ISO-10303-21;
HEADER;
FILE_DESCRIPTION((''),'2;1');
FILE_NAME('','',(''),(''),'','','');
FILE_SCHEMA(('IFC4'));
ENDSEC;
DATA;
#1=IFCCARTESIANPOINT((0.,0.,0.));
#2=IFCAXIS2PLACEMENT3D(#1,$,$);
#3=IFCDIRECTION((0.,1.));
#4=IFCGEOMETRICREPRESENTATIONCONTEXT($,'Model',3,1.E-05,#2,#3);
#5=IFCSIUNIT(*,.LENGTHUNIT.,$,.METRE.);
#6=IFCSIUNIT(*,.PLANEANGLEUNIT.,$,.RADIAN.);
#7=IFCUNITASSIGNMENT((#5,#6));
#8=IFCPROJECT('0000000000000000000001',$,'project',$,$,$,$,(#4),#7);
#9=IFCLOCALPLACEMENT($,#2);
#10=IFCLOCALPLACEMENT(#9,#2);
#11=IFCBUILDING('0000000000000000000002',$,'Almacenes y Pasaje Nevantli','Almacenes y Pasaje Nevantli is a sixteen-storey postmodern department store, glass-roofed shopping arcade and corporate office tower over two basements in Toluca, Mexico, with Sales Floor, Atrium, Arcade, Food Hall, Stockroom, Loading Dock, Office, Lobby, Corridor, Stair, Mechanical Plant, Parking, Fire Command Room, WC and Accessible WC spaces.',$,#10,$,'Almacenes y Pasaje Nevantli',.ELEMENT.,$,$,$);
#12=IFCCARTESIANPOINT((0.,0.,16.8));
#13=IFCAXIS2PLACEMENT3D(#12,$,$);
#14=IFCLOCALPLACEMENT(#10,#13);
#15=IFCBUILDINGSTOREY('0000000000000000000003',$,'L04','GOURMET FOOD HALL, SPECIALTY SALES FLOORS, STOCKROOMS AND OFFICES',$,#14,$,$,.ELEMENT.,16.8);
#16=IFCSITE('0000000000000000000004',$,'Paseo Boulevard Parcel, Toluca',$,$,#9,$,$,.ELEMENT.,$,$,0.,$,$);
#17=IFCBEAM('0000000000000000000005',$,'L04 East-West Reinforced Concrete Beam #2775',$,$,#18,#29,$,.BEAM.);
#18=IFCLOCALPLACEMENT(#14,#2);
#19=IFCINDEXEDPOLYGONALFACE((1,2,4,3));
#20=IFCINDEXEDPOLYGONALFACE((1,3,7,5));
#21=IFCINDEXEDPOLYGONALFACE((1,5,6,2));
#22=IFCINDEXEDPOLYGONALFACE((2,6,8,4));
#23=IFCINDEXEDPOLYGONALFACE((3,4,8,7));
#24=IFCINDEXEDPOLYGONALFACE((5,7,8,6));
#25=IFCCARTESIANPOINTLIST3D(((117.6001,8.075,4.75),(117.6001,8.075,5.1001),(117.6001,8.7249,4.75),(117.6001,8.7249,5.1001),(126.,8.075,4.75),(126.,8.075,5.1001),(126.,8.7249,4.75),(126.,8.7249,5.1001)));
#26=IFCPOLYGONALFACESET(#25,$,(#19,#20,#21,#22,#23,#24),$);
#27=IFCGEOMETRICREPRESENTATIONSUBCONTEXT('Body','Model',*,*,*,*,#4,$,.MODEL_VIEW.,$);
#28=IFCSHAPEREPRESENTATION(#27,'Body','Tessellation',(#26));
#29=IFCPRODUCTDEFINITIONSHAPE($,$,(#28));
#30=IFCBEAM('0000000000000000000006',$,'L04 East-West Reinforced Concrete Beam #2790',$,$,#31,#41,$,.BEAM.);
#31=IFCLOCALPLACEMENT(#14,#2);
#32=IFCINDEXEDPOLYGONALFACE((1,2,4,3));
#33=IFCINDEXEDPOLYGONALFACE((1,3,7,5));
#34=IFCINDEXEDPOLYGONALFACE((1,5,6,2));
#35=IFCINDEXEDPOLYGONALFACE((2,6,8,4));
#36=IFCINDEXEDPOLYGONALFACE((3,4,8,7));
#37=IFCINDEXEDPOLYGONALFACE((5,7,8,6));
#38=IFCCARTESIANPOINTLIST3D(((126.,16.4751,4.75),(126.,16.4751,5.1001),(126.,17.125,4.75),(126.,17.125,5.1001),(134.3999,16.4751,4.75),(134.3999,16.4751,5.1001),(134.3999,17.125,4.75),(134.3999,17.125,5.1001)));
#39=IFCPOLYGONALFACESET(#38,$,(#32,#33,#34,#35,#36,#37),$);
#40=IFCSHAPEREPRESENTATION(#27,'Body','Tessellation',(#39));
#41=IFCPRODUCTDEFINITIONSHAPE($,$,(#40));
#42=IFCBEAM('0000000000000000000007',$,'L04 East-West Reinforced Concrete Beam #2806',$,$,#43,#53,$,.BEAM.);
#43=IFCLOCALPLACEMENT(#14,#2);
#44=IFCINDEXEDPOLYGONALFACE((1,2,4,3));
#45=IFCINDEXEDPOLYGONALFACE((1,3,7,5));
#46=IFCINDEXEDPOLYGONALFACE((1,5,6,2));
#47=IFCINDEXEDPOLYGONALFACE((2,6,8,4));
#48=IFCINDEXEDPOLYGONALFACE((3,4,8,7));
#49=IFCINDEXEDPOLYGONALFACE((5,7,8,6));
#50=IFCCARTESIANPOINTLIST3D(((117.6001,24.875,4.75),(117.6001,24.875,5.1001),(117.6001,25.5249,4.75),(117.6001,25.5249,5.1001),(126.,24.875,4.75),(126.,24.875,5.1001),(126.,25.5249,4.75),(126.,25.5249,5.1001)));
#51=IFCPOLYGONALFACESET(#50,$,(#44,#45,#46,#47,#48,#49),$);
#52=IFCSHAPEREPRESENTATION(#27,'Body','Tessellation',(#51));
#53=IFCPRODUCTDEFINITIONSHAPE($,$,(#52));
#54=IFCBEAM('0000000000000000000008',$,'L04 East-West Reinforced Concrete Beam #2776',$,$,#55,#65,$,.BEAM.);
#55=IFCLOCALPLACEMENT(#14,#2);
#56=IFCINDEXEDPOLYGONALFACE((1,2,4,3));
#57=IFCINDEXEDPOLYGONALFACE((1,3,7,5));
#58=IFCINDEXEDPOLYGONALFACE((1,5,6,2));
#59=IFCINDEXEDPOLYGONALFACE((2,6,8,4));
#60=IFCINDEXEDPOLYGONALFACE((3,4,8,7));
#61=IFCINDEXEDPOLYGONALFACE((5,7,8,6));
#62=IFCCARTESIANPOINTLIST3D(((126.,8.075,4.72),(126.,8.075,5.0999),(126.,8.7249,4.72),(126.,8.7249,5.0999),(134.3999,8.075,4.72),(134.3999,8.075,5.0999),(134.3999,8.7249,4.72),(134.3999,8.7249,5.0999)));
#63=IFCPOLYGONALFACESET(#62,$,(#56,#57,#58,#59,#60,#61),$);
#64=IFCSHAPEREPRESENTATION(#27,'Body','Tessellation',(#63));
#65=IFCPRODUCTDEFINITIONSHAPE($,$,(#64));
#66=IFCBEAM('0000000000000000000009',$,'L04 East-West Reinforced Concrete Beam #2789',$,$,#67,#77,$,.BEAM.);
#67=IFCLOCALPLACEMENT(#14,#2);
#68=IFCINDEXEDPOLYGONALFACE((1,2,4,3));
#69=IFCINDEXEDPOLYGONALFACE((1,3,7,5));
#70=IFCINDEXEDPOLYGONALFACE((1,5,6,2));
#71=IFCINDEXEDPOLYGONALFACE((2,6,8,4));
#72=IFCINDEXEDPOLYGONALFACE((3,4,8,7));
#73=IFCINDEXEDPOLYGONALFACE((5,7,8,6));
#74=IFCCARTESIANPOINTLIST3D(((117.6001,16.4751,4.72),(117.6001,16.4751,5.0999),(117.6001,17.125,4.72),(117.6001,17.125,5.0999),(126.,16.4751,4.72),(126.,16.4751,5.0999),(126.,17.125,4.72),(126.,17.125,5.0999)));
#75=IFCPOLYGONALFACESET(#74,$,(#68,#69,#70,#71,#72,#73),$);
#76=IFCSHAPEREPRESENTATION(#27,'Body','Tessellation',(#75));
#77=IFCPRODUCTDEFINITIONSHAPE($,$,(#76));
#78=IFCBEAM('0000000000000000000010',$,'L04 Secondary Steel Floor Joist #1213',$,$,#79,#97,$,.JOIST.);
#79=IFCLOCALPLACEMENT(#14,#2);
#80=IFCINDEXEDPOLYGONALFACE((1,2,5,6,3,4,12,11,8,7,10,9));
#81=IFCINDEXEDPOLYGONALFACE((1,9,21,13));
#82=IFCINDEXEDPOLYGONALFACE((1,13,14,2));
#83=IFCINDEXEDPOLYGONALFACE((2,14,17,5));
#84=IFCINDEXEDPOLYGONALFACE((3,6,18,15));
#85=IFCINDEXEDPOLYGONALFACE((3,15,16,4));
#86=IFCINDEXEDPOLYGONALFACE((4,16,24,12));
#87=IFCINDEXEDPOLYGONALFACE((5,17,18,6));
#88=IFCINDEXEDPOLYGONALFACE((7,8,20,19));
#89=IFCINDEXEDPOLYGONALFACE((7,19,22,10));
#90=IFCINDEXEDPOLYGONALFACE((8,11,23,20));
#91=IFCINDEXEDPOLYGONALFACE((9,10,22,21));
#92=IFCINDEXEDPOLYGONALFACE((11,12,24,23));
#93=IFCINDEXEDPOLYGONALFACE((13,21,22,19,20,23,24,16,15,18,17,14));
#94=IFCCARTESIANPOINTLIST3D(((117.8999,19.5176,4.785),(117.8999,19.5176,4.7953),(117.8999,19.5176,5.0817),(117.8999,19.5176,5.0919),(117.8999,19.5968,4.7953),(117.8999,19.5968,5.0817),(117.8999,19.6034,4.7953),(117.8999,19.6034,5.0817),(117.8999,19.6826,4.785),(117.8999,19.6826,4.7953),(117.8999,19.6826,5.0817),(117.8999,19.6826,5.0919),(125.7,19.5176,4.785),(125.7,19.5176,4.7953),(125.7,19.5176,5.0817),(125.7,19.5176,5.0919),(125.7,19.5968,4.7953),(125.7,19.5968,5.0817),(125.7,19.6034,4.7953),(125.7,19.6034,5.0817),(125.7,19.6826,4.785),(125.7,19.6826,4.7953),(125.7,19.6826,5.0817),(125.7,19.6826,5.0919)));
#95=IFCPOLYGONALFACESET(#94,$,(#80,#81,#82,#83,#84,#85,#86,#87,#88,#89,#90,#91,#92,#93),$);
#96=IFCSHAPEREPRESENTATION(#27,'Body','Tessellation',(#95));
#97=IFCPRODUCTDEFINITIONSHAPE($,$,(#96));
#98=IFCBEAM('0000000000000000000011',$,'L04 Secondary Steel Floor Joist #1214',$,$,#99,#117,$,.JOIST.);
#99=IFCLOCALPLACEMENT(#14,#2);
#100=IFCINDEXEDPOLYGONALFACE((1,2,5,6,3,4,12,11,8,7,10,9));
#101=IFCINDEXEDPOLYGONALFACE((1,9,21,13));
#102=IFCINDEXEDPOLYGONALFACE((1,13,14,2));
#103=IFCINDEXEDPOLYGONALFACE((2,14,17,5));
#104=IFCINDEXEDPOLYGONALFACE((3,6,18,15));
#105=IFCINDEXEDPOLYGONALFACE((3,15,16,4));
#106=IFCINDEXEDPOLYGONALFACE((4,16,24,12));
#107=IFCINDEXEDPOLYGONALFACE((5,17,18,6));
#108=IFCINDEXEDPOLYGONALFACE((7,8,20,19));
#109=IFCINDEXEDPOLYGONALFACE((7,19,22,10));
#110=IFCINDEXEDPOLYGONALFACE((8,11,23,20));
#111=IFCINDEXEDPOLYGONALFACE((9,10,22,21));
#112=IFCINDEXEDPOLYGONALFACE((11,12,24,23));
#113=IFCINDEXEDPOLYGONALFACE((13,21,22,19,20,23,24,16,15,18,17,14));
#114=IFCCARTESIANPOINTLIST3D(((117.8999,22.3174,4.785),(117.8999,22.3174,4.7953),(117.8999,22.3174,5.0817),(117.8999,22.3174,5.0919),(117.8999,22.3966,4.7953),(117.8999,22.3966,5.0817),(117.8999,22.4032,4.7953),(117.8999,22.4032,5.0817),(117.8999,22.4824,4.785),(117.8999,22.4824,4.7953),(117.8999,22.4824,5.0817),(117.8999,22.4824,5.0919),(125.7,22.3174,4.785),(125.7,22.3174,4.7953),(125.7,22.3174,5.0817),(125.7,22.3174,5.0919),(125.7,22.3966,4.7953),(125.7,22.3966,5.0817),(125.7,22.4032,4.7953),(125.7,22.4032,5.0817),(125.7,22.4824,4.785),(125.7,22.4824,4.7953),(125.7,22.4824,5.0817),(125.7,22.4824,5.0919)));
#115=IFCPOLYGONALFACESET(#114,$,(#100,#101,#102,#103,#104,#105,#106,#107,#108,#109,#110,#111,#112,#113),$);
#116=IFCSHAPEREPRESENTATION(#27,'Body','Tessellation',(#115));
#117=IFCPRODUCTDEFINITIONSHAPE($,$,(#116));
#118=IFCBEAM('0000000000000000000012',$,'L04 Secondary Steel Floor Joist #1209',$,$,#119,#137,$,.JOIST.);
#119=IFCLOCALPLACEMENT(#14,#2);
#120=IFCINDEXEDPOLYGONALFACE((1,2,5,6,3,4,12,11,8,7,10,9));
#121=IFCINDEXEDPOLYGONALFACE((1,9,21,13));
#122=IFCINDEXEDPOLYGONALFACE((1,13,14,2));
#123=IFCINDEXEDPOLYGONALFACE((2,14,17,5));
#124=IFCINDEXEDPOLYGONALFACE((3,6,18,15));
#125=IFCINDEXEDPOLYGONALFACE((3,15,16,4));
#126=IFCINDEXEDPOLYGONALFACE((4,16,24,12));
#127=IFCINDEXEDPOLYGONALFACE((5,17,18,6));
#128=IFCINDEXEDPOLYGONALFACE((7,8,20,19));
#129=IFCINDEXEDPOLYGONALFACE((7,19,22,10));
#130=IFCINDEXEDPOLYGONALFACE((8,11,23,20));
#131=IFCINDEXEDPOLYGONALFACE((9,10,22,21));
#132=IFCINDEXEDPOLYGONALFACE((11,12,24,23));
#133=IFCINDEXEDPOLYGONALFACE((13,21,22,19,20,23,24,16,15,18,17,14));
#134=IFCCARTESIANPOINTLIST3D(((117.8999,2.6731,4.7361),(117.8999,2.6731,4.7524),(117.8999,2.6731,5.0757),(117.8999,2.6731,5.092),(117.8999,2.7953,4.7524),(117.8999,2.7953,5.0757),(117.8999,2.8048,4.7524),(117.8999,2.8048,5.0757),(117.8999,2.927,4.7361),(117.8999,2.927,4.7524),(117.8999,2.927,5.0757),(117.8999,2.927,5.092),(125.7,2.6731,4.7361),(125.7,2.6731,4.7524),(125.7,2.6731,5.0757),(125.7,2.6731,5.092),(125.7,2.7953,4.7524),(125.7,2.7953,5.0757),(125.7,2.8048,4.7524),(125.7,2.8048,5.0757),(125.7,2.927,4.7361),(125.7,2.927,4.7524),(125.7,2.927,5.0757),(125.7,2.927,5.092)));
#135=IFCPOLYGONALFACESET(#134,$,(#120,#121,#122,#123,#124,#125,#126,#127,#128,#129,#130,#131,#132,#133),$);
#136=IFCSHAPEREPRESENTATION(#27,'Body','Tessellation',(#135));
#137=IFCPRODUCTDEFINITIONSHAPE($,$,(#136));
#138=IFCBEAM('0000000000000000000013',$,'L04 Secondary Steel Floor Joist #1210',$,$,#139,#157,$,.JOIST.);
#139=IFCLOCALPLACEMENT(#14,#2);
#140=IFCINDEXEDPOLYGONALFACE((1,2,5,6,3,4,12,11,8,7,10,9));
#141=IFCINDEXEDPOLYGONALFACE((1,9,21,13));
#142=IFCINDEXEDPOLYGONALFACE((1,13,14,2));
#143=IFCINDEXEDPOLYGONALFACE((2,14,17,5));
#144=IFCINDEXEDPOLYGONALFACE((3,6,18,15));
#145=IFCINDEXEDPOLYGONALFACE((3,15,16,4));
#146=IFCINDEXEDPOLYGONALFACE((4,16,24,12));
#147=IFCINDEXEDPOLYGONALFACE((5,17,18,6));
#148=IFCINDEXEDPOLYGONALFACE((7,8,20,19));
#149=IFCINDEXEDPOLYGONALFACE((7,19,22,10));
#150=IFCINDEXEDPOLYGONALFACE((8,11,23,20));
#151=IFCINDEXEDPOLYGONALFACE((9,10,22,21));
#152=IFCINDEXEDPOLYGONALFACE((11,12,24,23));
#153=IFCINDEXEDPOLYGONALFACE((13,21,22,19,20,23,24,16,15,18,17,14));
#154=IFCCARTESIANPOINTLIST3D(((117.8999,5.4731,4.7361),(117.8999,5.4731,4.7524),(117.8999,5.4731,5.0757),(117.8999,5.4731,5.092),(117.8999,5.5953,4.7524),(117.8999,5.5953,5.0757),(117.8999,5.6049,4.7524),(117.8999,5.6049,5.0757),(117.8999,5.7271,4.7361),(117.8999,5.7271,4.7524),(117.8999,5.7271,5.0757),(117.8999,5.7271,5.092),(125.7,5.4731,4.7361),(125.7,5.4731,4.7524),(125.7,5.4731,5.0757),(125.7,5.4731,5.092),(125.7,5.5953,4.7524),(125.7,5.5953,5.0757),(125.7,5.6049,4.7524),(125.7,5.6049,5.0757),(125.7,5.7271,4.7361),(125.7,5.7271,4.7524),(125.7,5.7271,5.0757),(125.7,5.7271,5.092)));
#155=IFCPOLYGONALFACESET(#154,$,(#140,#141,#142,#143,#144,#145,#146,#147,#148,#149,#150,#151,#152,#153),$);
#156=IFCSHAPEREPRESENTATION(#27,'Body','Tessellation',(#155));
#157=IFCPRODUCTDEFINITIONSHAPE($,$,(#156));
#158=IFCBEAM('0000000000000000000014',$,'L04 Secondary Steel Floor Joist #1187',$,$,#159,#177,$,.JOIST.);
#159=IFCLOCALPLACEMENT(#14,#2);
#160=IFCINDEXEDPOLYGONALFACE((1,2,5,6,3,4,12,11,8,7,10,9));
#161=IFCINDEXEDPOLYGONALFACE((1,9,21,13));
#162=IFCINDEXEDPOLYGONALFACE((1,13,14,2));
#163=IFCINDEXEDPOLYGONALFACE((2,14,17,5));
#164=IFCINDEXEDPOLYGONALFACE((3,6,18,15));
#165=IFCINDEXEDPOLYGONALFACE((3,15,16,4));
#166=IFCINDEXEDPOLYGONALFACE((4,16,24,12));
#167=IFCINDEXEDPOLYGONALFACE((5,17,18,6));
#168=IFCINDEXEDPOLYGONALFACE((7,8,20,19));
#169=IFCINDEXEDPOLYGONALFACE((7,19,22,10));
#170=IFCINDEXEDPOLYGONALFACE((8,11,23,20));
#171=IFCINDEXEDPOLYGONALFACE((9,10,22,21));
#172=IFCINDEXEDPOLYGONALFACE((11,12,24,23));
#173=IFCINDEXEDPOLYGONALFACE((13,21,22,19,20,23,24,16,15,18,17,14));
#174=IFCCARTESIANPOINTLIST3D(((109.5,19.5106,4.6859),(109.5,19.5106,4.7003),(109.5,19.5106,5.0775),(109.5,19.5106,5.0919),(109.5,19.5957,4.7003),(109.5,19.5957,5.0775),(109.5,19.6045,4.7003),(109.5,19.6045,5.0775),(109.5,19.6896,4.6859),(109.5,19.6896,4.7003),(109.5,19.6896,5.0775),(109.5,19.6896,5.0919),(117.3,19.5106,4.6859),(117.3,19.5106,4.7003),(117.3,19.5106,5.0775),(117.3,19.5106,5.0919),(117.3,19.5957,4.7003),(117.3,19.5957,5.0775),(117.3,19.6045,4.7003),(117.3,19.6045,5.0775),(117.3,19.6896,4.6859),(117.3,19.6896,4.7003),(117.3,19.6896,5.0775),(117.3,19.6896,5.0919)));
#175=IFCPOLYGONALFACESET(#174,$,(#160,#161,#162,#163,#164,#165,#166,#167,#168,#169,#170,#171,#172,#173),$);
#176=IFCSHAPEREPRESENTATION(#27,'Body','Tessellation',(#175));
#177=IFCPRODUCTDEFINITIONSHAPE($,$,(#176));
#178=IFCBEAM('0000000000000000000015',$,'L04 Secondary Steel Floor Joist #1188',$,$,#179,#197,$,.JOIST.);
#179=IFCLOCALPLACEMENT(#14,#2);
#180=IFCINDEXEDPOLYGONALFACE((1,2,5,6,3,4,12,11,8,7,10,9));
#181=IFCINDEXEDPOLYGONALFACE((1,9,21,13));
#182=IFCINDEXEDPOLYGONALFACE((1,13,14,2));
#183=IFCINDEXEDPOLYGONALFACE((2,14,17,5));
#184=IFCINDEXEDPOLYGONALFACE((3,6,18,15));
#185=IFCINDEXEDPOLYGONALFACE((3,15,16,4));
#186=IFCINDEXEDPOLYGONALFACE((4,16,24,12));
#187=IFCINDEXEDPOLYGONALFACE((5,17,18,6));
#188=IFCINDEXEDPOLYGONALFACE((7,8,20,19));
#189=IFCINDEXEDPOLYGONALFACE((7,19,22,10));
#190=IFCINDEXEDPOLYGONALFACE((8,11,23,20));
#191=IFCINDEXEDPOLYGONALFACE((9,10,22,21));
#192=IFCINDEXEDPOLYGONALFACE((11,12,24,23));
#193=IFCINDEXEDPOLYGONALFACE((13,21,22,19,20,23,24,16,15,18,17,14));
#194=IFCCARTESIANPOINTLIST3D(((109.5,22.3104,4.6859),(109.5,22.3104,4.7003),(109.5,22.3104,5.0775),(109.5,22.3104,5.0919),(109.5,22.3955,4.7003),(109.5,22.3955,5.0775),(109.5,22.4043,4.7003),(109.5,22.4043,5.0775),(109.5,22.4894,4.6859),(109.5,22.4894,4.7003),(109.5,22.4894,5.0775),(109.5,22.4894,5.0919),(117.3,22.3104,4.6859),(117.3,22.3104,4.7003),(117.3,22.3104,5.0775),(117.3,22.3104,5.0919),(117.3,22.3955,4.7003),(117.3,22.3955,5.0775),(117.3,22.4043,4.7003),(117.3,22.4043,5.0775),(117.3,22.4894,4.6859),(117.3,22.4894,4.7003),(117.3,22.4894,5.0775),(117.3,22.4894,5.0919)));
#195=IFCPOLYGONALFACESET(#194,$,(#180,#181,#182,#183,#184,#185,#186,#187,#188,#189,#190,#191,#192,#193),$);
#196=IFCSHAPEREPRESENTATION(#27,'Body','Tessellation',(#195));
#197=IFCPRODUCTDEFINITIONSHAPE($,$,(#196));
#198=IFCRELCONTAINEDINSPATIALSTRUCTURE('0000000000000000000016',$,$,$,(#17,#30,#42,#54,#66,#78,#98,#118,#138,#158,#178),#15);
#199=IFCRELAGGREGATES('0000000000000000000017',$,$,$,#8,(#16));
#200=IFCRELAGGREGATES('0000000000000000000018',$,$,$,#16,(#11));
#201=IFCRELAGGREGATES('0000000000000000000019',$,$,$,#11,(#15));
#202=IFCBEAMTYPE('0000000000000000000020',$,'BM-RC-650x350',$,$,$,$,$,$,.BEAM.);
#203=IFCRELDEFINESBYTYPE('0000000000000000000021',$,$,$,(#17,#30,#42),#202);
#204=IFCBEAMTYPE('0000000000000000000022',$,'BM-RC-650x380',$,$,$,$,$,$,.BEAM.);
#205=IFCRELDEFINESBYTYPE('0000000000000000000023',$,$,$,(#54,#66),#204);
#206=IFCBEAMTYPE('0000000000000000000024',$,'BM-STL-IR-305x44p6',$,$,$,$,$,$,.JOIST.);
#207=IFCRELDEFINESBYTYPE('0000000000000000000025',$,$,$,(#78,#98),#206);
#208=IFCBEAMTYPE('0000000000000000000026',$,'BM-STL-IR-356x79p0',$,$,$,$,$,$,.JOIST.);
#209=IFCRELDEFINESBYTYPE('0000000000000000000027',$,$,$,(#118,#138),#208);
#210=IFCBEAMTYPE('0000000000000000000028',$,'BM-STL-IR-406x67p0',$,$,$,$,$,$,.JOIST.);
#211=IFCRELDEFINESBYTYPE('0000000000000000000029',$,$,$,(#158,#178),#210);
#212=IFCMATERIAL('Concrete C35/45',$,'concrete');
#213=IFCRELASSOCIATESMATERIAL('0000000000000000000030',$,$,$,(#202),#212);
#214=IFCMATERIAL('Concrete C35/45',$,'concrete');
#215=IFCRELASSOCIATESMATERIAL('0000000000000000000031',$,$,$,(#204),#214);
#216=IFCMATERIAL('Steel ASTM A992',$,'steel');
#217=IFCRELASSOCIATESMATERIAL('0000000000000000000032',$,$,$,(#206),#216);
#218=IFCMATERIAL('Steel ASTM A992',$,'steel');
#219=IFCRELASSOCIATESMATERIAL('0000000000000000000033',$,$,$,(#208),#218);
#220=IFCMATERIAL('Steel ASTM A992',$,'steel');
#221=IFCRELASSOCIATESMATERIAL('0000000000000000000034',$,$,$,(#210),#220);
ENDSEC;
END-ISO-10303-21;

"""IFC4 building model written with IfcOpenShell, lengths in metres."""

from ifc_helpers import new_model, si_unit, direction, frame, origin, origin_2d, place, context, subcontext, project, spatial, rectangle, i_section, extrude, material, material_profile, profile_set, type_object, element, save


model = new_model("IFC4")

# Units and contexts
model_context = context("Model", 3, precision=1e-05, world=origin(), true_north=direction((0.0, 1.0)))
body_context = subcontext(model_context, "Body", "Model", "MODEL_VIEW")
ifc_project = project(units=[si_unit("LENGTHUNIT", "METRE"), si_unit("PLANEANGLEUNIT", "RADIAN")], contexts=[model_context])

# Site, building, storey
site_placement = place(None, origin())
site = spatial("IfcSite", under=ifc_project, at=site_placement, Name="Paseo Boulevard Parcel, Toluca", CompositionType="ELEMENT", RefElevation=0.0)
building_placement = place(site_placement, origin())
building = spatial("IfcBuilding", under=site, at=building_placement, Name="Almacenes y Pasaje Nevantli", Description="Almacenes y Pasaje Nevantli is a sixteen-storey postmodern department store, glass-roofed shopping arcade and corporate office tower over two basements in Toluca, Mexico, with Sales Floor, Atrium, Arcade, Food Hall, Stockroom, Loading Dock, Office, Lobby, Corridor, Stair, Mechanical Plant, Parking, Fire Command Room, WC and Accessible WC spaces.", LongName="Almacenes y Pasaje Nevantli", CompositionType="ELEMENT")
storey_placement = place(building_placement, frame((0.0, 0.0, 16.8)))
storey = spatial("IfcBuildingStorey", under=building, at=storey_placement, Name="L04", Description="GOURMET FOOD HALL, SPECIALTY SALES FLOORS, STOCKROOMS AND OFFICES", CompositionType="ELEMENT", Elevation=16.8)

# Beams
ifc_material_1 = material(Name="Concrete C35/45", Category="concrete")
ifc_material_profile_1 = material_profile(ifc_material_1, rectangle(XDim=0.6499, YDim=0.3501, at=origin_2d()), Name="RC-BM-650x350")
ifc_profile_set_1 = profile_set([ifc_material_profile_1], Name="Concrete C35/45")
beam_type_1 = type_object("IfcBeamType", Name="BM-RC-650x350", PredefinedType="BEAM", material=ifc_profile_set_1)
for number, where, z_axis, x_axis, name in (
    (1, (117.6001, 8.3999, 4.925), (1.0, 0.0, 0.0), (0.0, 1.0, 0.0), "L04 East-West Reinforced Concrete Beam #2775"),
    (2, (126.0, 16.8, 4.925), (1.0, 0.0, 0.0), (0.0, 1.0, 0.0), "L04 East-West Reinforced Concrete Beam #2790"),
    (3, (117.6001, 25.2, 4.925), (1.0, 0.0, 0.0), (0.0, 1.0, 0.0), "L04 East-West Reinforced Concrete Beam #2806"),
):
    element("IfcBeam", number, at=place(storey_placement, frame(where, z_axis=z_axis, x_axis=x_axis)), inside=storey, type_object=beam_type_1, Name=name, PredefinedType="BEAM", context=body_context, shape_type="SweptSolid", body=[
        extrude(rectangle(XDim=0.6499, YDim=0.3501, at=origin_2d()), origin(), (0.0, 0.0, 1.0), 8.3999),
    ])
ifc_material_2 = material(Name="Concrete C35/45", Category="concrete")
ifc_material_profile_2 = material_profile(ifc_material_2, rectangle(XDim=0.6499, YDim=0.3799, at=origin_2d()), Name="RC-BM-650x380")
ifc_profile_set_2 = profile_set([ifc_material_profile_2], Name="Concrete C35/45")
beam_type_2 = type_object("IfcBeamType", Name="BM-RC-650x380", PredefinedType="BEAM", material=ifc_profile_set_2)
for number, where, z_axis, x_axis, name in (
    (4, (126.0, 8.3999, 4.9099), (1.0, 0.0, 0.0), (0.0, 1.0, 0.0), "L04 East-West Reinforced Concrete Beam #2776"),
    (5, (117.6001, 16.8, 4.9099), (1.0, 0.0, 0.0), (0.0, 1.0, 0.0), "L04 East-West Reinforced Concrete Beam #2789"),
):
    element("IfcBeam", number, at=place(storey_placement, frame(where, z_axis=z_axis, x_axis=x_axis)), inside=storey, type_object=beam_type_2, Name=name, PredefinedType="BEAM", context=body_context, shape_type="SweptSolid", body=[
        extrude(rectangle(XDim=0.6499, YDim=0.3799, at=origin_2d()), origin(), (0.0, 0.0, 1.0), 8.3999),
    ])
ifc_material_3 = material(Name="Steel ASTM A992", Category="steel")
ifc_material_profile_3 = material_profile(ifc_material_3, i_section(OverallWidth=0.165, OverallDepth=0.3069, WebThickness=0.0066, FlangeThickness=0.0103, at=origin_2d()), Name="IR 305x44.6")
ifc_profile_set_3 = profile_set([ifc_material_profile_3], Name="Steel ASTM A992")
beam_type_3 = type_object("IfcBeamType", Name="BM-STL-IR-305x44p6", PredefinedType="JOIST", material=ifc_profile_set_3)
for number, where, z_axis, x_axis, name in (
    (6, (117.8999, 19.6001, 4.9385), (1.0, 0.0, 0.0), (0.0, 1.0, 0.0), "L04 Secondary Steel Floor Joist #1213"),
    (7, (117.8999, 22.3999, 4.9385), (1.0, 0.0, 0.0), (0.0, 1.0, 0.0), "L04 Secondary Steel Floor Joist #1214"),
):
    element("IfcBeam", number, at=place(storey_placement, frame(where, z_axis=z_axis, x_axis=x_axis)), inside=storey, type_object=beam_type_3, Name=name, PredefinedType="JOIST", context=body_context, shape_type="SweptSolid", body=[
        extrude(i_section(OverallWidth=0.165, OverallDepth=0.3069, WebThickness=0.0066, FlangeThickness=0.0103, at=origin_2d()), origin(), (0.0, 0.0, 1.0), 7.8),
    ])
ifc_material_4 = material(Name="Steel ASTM A992", Category="steel")
ifc_material_profile_4 = material_profile(ifc_material_4, i_section(OverallWidth=0.2539, OverallDepth=0.356, WebThickness=0.0095, FlangeThickness=0.0164, at=origin_2d()), Name="IR 356x79.0")
ifc_profile_set_4 = profile_set([ifc_material_profile_4], Name="Steel ASTM A992")
beam_type_4 = type_object("IfcBeamType", Name="BM-STL-IR-356x79p0", PredefinedType="JOIST", material=ifc_profile_set_4)
for number, where, z_axis, x_axis, name in (
    (8, (117.8999, 2.8, 4.9141), (1.0, 0.0, 0.0), (0.0, 1.0, 0.0), "L04 Secondary Steel Floor Joist #1209"),
    (9, (117.8999, 5.6001, 4.9141), (1.0, 0.0, 0.0), (0.0, 1.0, 0.0), "L04 Secondary Steel Floor Joist #1210"),
):
    element("IfcBeam", number, at=place(storey_placement, frame(where, z_axis=z_axis, x_axis=x_axis)), inside=storey, type_object=beam_type_4, Name=name, PredefinedType="JOIST", context=body_context, shape_type="SweptSolid", body=[
        extrude(i_section(OverallWidth=0.2539, OverallDepth=0.356, WebThickness=0.0095, FlangeThickness=0.0164, at=origin_2d()), origin(), (0.0, 0.0, 1.0), 7.8),
    ])
ifc_material_5 = material(Name="Steel ASTM A992", Category="steel")
ifc_material_profile_5 = material_profile(ifc_material_5, i_section(OverallWidth=0.179, OverallDepth=0.406, WebThickness=0.0088, FlangeThickness=0.0144, at=origin_2d()), Name="IR 406x67.0")
ifc_profile_set_5 = profile_set([ifc_material_profile_5], Name="Steel ASTM A992")
beam_type_5 = type_object("IfcBeamType", Name="BM-STL-IR-406x67p0", PredefinedType="JOIST", material=ifc_profile_set_5)
for number, where, z_axis, x_axis, name in (
    (10, (109.5, 19.6001, 4.8889), (1.0, 0.0, 0.0), (0.0, 1.0, 0.0), "L04 Secondary Steel Floor Joist #1187"),
    (11, (109.5, 22.3999, 4.8889), (1.0, 0.0, 0.0), (0.0, 1.0, 0.0), "L04 Secondary Steel Floor Joist #1188"),
):
    element("IfcBeam", number, at=place(storey_placement, frame(where, z_axis=z_axis, x_axis=x_axis)), inside=storey, type_object=beam_type_5, Name=name, PredefinedType="JOIST", context=body_context, shape_type="SweptSolid", body=[
        extrude(i_section(OverallWidth=0.179, OverallDepth=0.406, WebThickness=0.0088, FlangeThickness=0.0144, at=origin_2d()), origin(), (0.0, 0.0, 1.0), 7.8),
    ])

save(model, "model.ifc")
